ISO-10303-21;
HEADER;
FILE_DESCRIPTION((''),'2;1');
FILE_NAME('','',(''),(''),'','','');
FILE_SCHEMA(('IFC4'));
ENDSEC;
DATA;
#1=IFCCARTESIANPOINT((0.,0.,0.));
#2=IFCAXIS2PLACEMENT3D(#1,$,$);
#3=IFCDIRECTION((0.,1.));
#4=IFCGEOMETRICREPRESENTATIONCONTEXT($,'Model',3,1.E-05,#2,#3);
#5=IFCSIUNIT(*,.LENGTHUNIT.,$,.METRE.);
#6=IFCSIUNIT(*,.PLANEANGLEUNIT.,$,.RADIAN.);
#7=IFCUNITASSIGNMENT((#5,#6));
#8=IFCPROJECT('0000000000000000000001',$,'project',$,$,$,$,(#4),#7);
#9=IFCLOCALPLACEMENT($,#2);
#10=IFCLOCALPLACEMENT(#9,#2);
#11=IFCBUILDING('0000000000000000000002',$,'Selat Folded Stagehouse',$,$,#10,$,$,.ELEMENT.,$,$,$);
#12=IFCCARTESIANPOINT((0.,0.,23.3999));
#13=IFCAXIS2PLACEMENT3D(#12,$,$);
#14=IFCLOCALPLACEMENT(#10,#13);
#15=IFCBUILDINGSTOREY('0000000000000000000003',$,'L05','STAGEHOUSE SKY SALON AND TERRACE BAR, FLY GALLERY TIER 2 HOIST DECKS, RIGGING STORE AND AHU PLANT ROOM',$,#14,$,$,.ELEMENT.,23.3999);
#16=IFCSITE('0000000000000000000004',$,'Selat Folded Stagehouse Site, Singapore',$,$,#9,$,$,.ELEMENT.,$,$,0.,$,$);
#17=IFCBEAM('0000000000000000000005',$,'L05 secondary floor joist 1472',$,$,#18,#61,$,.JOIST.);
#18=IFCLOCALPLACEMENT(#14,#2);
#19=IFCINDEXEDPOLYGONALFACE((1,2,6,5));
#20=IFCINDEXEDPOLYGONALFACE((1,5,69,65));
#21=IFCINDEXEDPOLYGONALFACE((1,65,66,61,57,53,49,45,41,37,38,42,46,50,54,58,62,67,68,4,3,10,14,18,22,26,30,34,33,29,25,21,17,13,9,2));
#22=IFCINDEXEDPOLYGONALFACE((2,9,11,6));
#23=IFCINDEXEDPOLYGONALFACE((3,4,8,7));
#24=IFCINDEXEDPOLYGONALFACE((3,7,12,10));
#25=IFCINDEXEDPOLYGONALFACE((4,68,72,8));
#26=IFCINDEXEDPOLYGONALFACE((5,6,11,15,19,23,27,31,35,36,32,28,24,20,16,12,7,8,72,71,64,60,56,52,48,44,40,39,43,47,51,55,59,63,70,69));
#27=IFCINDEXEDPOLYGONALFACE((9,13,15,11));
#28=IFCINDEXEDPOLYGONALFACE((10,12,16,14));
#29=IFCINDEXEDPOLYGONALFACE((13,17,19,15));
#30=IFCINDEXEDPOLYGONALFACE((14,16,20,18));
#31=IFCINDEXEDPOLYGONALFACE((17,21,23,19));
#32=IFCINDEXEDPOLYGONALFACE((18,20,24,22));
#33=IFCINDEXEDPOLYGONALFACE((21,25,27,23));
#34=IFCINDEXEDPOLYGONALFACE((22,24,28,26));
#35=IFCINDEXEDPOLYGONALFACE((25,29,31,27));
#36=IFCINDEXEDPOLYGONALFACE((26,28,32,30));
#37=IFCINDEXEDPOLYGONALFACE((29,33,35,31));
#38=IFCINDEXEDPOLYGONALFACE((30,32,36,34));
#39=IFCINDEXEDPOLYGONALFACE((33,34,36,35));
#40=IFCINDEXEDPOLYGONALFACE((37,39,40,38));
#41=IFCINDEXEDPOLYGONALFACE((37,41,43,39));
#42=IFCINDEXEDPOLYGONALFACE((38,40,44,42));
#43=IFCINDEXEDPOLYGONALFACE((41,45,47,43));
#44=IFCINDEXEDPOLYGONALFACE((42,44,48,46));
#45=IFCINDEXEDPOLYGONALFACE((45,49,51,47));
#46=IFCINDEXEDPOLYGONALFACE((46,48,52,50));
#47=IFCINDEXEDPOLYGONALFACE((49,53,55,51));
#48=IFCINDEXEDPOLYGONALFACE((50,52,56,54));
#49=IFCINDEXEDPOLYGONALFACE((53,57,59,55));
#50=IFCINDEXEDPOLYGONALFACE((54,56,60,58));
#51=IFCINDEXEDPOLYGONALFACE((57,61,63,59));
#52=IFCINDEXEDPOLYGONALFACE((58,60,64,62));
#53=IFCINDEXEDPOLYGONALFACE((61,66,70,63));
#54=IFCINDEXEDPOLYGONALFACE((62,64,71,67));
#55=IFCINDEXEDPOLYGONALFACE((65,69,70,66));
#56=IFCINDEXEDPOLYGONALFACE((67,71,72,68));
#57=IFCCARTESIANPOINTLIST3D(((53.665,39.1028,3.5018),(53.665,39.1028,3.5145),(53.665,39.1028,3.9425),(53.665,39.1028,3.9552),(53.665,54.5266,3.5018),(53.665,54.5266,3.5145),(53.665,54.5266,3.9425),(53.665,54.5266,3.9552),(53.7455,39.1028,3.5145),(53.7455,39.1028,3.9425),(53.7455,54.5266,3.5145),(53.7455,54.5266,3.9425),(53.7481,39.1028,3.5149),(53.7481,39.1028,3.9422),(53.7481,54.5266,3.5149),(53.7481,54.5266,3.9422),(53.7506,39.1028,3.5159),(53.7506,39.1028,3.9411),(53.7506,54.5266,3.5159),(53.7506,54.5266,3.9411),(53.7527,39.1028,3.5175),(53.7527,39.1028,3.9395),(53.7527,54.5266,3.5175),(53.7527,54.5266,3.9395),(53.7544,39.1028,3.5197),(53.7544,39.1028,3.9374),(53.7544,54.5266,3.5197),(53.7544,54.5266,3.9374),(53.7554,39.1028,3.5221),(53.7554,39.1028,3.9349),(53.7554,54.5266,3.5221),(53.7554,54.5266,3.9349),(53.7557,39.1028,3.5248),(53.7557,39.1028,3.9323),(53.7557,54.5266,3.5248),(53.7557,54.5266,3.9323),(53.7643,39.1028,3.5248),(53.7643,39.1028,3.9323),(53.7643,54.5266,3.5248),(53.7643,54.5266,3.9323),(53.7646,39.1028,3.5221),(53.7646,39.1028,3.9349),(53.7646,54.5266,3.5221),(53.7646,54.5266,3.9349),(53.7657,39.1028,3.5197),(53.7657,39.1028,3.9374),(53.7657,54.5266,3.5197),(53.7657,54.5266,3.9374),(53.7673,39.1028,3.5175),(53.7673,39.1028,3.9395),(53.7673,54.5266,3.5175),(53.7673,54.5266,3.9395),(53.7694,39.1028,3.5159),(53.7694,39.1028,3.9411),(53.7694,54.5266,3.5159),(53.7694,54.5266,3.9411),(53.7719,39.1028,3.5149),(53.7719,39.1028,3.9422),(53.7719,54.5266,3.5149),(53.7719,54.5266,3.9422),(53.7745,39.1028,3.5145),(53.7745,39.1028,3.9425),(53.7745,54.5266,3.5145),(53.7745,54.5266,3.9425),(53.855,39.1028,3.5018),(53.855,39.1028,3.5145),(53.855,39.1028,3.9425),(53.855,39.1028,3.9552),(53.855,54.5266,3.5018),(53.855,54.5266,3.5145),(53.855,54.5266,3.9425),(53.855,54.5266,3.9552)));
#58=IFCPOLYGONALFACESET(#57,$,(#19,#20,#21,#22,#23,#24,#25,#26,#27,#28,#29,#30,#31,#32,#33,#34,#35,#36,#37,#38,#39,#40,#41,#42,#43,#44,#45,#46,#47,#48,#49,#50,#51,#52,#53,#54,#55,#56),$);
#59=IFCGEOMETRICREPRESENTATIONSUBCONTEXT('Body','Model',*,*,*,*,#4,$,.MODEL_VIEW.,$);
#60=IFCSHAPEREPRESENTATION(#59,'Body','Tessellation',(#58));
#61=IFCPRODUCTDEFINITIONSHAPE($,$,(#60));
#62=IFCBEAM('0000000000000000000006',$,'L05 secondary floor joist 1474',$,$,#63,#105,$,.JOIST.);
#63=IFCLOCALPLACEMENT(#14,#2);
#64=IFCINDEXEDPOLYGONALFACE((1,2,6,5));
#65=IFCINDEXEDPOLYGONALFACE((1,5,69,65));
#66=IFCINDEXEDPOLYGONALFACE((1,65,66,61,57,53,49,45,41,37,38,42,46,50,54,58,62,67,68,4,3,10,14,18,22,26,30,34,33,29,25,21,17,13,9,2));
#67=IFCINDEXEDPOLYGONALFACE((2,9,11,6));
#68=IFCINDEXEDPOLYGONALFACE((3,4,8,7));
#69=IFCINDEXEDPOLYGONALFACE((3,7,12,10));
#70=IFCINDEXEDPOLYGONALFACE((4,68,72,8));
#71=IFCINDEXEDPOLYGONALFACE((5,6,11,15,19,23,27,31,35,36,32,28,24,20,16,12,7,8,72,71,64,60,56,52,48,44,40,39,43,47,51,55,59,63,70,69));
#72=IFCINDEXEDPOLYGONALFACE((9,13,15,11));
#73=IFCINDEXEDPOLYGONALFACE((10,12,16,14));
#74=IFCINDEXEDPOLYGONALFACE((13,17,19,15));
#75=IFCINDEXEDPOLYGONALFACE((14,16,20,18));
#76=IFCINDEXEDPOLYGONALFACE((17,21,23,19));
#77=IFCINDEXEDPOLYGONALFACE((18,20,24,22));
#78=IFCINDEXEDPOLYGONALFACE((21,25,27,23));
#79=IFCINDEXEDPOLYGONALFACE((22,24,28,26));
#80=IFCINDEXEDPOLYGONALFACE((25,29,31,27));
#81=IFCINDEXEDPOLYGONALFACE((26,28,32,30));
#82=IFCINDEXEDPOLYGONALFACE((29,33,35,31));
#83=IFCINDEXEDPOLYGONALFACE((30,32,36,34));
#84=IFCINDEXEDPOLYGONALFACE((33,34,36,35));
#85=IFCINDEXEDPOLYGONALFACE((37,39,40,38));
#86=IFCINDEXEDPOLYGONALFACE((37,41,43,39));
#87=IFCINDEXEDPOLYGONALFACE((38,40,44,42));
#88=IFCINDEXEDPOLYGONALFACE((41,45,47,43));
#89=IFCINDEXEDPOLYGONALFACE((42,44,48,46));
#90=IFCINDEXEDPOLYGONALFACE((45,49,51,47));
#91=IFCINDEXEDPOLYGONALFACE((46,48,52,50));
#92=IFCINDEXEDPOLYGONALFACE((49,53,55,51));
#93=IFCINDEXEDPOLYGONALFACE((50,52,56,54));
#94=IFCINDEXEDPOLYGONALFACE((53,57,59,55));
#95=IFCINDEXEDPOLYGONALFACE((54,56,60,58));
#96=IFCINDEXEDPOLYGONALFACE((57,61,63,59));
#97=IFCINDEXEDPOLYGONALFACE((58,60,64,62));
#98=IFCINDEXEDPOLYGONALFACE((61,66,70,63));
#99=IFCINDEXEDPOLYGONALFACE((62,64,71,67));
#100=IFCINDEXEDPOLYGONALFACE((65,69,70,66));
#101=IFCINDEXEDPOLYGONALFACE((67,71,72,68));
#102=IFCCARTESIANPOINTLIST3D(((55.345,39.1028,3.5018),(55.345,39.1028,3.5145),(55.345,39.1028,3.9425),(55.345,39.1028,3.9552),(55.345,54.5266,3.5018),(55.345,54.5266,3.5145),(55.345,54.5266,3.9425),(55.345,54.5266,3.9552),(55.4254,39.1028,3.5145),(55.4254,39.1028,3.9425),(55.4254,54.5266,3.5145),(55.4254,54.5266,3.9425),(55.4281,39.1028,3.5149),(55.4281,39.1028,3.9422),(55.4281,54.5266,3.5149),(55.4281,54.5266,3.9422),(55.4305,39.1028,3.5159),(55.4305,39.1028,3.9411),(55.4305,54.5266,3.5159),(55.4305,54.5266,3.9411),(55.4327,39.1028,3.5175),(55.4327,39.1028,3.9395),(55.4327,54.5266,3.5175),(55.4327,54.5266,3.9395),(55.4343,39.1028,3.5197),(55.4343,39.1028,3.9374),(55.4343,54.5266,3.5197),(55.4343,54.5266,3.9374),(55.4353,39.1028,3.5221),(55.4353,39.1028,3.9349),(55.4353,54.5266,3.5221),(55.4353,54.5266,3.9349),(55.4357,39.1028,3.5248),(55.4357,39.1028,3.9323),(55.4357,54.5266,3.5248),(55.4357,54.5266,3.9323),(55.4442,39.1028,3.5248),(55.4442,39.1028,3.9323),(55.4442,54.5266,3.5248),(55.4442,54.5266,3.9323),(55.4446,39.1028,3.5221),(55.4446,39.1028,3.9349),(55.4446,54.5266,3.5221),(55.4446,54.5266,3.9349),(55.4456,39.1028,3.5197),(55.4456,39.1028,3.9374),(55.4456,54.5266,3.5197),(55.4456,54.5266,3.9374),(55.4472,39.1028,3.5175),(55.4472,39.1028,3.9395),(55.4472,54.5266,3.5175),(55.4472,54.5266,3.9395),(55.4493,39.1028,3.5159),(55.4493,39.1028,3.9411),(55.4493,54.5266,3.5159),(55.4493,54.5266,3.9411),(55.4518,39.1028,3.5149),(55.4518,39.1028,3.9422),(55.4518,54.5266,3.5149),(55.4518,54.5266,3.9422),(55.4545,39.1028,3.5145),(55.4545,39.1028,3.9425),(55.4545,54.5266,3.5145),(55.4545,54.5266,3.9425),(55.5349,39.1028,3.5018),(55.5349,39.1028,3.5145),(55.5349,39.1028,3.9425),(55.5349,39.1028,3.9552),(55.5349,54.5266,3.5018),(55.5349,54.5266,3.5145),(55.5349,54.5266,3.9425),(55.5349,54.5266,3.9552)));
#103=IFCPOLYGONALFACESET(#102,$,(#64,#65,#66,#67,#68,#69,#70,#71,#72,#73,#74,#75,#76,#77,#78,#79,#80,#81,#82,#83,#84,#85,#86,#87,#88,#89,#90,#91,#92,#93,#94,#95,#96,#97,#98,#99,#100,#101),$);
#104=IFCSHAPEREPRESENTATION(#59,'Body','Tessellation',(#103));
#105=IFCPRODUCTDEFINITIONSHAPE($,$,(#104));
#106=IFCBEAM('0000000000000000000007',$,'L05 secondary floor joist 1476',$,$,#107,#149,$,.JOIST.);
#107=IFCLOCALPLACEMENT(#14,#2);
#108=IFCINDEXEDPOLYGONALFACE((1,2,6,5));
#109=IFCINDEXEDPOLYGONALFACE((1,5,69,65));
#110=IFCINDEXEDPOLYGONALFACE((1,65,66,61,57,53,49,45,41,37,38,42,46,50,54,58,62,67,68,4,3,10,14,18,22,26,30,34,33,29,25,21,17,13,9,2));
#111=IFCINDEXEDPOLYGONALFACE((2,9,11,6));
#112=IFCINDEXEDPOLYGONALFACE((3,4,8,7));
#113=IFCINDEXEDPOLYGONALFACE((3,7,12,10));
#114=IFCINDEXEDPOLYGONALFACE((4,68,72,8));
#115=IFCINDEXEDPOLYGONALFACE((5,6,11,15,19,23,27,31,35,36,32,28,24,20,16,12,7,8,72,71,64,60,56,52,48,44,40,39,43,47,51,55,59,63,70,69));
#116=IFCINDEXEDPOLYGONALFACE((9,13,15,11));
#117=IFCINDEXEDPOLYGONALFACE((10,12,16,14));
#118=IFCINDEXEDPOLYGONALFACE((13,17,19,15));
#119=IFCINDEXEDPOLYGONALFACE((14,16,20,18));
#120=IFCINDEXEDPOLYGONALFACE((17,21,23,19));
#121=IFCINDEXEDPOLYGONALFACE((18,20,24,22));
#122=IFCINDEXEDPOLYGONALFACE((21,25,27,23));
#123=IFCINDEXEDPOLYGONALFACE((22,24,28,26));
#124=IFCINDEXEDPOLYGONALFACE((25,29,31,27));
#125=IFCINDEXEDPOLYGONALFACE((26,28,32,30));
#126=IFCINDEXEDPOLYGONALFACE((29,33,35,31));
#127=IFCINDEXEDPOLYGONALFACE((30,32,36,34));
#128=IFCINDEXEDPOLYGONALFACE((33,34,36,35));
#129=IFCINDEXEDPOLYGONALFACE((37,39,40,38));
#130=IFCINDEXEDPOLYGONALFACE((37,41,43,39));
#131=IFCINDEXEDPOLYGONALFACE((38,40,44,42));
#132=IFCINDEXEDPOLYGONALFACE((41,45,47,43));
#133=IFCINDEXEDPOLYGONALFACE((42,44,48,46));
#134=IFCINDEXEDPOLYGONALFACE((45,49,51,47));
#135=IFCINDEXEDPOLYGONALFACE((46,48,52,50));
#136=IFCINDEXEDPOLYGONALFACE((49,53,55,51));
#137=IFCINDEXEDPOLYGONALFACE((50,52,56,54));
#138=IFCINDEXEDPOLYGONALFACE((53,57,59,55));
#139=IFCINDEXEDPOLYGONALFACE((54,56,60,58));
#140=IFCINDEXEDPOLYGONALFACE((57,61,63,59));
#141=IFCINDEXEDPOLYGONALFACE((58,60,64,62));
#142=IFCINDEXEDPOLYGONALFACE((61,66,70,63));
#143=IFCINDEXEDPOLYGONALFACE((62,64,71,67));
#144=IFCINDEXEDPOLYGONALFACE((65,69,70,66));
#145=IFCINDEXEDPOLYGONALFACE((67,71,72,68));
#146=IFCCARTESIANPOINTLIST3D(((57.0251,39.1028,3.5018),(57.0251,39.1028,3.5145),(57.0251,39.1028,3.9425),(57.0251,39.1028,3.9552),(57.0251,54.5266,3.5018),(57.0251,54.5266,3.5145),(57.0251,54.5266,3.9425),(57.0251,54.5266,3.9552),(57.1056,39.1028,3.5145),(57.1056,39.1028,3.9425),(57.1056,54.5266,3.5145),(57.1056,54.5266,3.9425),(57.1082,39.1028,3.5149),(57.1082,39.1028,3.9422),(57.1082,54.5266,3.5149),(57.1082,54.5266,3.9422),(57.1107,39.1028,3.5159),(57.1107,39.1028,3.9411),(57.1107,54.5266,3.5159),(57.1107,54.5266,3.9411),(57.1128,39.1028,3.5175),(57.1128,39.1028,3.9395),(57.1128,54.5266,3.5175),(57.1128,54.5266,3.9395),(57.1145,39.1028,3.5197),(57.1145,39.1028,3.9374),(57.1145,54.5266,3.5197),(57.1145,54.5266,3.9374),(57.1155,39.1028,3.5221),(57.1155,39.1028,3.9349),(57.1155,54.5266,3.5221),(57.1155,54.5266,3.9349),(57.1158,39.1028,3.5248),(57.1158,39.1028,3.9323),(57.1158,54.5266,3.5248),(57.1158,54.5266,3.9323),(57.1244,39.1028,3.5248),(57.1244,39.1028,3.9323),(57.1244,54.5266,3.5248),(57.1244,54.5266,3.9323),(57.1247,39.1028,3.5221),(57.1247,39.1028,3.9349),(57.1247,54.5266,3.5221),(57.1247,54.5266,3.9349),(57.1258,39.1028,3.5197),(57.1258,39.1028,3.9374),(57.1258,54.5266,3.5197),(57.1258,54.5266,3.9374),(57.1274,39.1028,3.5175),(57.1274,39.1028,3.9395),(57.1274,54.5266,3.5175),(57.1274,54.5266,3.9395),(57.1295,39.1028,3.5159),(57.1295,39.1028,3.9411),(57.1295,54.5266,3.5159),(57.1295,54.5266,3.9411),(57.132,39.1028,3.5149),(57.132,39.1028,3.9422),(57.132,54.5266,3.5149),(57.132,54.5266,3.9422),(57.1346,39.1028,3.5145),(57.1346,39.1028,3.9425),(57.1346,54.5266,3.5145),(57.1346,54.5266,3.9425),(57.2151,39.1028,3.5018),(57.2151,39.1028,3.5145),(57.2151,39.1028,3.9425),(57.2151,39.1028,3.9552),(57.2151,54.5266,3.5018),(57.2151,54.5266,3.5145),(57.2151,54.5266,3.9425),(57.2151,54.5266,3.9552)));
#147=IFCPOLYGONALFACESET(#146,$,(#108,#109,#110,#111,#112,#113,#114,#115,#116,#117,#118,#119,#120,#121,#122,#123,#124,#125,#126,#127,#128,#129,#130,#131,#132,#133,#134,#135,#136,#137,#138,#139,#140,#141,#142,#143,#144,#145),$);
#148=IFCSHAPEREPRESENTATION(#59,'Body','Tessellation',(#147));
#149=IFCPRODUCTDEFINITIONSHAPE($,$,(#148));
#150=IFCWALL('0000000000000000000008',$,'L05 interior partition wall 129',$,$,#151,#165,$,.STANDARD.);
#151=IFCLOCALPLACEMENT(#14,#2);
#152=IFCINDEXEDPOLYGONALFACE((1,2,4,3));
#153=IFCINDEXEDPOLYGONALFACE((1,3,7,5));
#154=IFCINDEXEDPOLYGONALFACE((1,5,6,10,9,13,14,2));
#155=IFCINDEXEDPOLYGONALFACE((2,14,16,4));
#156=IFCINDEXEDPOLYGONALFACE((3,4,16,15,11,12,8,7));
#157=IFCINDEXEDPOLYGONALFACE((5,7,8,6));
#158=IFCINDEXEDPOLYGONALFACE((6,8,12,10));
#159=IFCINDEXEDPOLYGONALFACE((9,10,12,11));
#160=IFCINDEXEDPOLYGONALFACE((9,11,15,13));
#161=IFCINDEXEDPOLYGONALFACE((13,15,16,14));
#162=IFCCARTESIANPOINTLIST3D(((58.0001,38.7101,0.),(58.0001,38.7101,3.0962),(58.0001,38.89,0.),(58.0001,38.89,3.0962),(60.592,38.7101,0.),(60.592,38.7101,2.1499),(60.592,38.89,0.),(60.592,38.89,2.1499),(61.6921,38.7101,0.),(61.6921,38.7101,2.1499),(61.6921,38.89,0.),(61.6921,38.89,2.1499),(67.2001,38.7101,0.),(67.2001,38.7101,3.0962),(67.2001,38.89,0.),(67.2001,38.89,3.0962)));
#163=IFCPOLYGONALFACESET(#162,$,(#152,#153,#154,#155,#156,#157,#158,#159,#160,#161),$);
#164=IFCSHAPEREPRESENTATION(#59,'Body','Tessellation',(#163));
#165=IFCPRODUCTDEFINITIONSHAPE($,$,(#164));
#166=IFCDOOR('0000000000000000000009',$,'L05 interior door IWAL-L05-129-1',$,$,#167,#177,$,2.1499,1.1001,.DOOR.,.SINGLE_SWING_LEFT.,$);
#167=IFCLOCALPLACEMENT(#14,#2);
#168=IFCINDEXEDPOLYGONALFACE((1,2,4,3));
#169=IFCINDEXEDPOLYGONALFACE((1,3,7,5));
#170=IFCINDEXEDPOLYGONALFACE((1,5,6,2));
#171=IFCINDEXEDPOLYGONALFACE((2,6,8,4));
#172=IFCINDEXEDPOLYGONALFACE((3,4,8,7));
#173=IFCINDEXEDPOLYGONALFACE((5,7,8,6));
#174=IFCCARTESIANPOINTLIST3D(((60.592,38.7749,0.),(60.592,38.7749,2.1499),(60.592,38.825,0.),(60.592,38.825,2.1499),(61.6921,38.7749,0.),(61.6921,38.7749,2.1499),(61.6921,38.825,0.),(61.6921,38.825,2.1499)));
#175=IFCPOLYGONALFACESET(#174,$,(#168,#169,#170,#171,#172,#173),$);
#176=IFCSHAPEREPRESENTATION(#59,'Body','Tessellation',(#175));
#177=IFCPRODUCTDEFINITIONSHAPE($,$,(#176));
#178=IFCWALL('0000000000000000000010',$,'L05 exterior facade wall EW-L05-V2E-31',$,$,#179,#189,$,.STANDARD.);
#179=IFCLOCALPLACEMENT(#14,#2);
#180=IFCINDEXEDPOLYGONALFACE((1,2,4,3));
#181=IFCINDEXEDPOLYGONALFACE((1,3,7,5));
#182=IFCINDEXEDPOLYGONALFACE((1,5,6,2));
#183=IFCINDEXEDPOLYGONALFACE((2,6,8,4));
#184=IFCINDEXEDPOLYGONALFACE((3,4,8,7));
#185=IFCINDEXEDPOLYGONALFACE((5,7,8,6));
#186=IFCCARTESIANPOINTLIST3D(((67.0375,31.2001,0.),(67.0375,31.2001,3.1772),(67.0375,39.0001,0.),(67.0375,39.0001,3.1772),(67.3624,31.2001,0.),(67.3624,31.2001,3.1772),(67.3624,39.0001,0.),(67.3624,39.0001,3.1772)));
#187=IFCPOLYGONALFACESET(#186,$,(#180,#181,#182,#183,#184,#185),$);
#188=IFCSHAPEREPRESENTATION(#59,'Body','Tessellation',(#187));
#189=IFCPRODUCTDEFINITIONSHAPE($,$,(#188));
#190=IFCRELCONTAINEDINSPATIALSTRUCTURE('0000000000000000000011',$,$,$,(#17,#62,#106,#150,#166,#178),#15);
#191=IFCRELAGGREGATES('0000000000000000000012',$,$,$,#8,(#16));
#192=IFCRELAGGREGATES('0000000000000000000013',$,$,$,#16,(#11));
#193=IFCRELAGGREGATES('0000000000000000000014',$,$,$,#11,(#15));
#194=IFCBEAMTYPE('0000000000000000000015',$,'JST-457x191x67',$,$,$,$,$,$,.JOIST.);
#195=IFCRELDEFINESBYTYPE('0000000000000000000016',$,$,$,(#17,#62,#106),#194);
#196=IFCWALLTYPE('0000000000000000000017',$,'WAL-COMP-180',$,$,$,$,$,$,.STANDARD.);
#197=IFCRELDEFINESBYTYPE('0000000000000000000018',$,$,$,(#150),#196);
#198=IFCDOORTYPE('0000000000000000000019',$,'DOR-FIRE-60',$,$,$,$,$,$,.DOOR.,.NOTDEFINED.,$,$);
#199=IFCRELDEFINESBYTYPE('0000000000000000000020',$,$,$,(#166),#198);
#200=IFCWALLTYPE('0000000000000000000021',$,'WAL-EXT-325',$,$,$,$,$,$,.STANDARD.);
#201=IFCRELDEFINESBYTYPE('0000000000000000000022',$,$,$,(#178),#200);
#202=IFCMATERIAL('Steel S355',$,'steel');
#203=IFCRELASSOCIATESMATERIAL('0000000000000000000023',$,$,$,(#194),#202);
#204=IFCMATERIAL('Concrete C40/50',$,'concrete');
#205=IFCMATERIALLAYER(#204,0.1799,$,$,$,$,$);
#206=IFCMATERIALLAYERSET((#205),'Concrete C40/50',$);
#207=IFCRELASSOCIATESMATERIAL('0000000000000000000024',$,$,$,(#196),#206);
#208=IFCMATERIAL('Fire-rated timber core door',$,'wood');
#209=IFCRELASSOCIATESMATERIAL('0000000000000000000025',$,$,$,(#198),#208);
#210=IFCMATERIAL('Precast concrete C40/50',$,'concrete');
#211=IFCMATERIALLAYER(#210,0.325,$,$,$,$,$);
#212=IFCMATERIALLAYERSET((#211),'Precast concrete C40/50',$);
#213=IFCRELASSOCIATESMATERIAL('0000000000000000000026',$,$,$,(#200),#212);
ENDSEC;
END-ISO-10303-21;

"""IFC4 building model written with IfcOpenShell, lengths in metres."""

from ifc_helpers import new_model, si_unit, direction, frame, frame_2d, origin, origin_2d, place, context, subcontext, project, spatial, rectangle, i_section, extrude, material, layer, layer_set, material_profile, profile_set, type_object, element, fill, save


model = new_model("IFC4")

# Units and contexts
model_context = context("Model", 3, precision=1e-05, world=origin(), true_north=direction((0.0, 1.0)))
body_context = subcontext(model_context, "Body", "Model", "MODEL_VIEW")
ifc_project = project(units=[si_unit("LENGTHUNIT", "METRE"), si_unit("PLANEANGLEUNIT", "RADIAN")], contexts=[model_context])

# Site, building, storey
site_placement = place(None, origin())
site = spatial("IfcSite", under=ifc_project, at=site_placement, Name="Selat Folded Stagehouse Site, Singapore", CompositionType="ELEMENT", RefElevation=0.0)
building_placement = place(site_placement, origin())
building = spatial("IfcBuilding", under=site, at=building_placement, Name="Selat Folded Stagehouse", CompositionType="ELEMENT")
storey_placement = place(building_placement, frame((0.0, 0.0, 23.3999)))
storey = spatial("IfcBuildingStorey", under=building, at=storey_placement, Name="L05", Description="STAGEHOUSE SKY SALON AND TERRACE BAR, FLY GALLERY TIER 2 HOIST DECKS, RIGGING STORE AND AHU PLANT ROOM", CompositionType="ELEMENT", Elevation=23.3999)

# Shared definitions
ifc_material_1 = material(Name="Steel S355", Category="steel")

# Beams
ifc_material_profile_1 = material_profile(ifc_material_1, i_section(OverallWidth=0.1899, OverallDepth=0.4534, WebThickness=0.0085, FlangeThickness=0.0127, FilletRadius=0.0103, at=origin_2d()), Name="UKB 457x191x67")
ifc_profile_set_1 = profile_set([ifc_material_profile_1], Name="Steel S355")
beam_type_1 = type_object("IfcBeamType", Name="JST-457x191x67", PredefinedType="JOIST", material=ifc_profile_set_1)
for number, where, z_axis, x_axis, name in (
    (1, (53.76, 39.1028, 3.7285), (0.0, 1.0, 0.0), (-1.0, 0.0, 0.0), "L05 secondary floor joist 1472"),
    (2, (55.4399, 39.1028, 3.7285), (0.0, 1.0, 0.0), (-1.0, 0.0, 0.0), "L05 secondary floor joist 1474"),
    (3, (57.1201, 39.1028, 3.7285), (0.0, 1.0, 0.0), (-1.0, 0.0, 0.0), "L05 secondary floor joist 1476"),
):
    element("IfcBeam", number, at=place(storey_placement, frame(where, z_axis=z_axis, x_axis=x_axis)), inside=storey, type_object=beam_type_1, Name=name, PredefinedType="JOIST", context=body_context, shape_type="SweptSolid", body=[
        extrude(i_section(OverallWidth=0.1899, OverallDepth=0.4534, WebThickness=0.0085, FlangeThickness=0.0127, FilletRadius=0.0103, at=origin_2d()), origin(), (0.0, 0.0, 1.0), 15.4238),
    ])

# Wall, opening, door
ifc_material_2 = material(Name="Concrete C40/50", Category="concrete")
ifc_layer_1 = layer(ifc_material_2, 0.1799)
ifc_layer_set_1 = layer_set([ifc_layer_1], Name="Concrete C40/50")
wall_type_1 = type_object("IfcWallType", Name="WAL-COMP-180", PredefinedType="STANDARD", material=ifc_layer_set_1)
wall_1_placement = place(storey_placement, frame((58.0, 38.8, 0.0), z_axis=(0.0, 0.0, 1.0), x_axis=(1.0, 0.0, 0.0)))
wall_1 = element("IfcWall", 4, at=wall_1_placement, inside=storey, type_object=wall_type_1, Name="L05 interior partition wall 129", PredefinedType="STANDARD", context=body_context, shape_type="SweptSolid", body=[
    extrude(rectangle(XDim=9.2, YDim=0.1799, at=frame_2d((4.6001, 0.0))), origin(), (0.0, 0.0, 1.0), 3.0962),
])
opening_1_placement = place(wall_1_placement, frame((2.592, 0.0, 0.0)))
opening_1 = element("IfcOpeningElement", 5, at=opening_1_placement, cuts=wall_1, PredefinedType="OPENING", context=body_context, shape_type="SweptSolid", body=[
    extrude(rectangle(XDim=1.1001, YDim=2.1499, at=frame_2d((0.55, 1.075))), frame((0.0, 0.0999, 0.0), z_axis=(0.0, -1.0, 0.0), x_axis=(1.0, 0.0, 0.0)), (0.0, 0.0, 1.0), 0.2),
])
ifc_material_3 = material(Name="Fire-rated timber core door", Category="wood")
door_type_1 = type_object("IfcDoorType", Name="DOR-FIRE-60", OperationType="NOTDEFINED", PredefinedType="DOOR", material=ifc_material_3)
door_1_placement = place(opening_1_placement, origin())
door_1 = element("IfcDoor", 6, at=door_1_placement, inside=storey, type_object=door_type_1, Name="L05 interior door IWAL-L05-129-1", OperationType="SINGLE_SWING_LEFT", OverallHeight=2.1499, OverallWidth=1.1001, PredefinedType="DOOR", context=body_context, shape_type="SweptSolid", body=[
    extrude(rectangle(XDim=1.1001, YDim=2.1499, at=frame_2d((0.55, 1.075))), frame((0.0, 0.0249, 0.0), z_axis=(0.0, -1.0, 0.0), x_axis=(1.0, 0.0, 0.0)), (0.0, 0.0, 1.0), 0.05),
])
fill(opening_1, door_1)

# Wall
ifc_material_4 = material(Name="Precast concrete C40/50", Category="concrete")
ifc_layer_2 = layer(ifc_material_4, 0.325)
ifc_layer_set_2 = layer_set([ifc_layer_2], Name="Precast concrete C40/50")
wall_type_2 = type_object("IfcWallType", Name="WAL-EXT-325", PredefinedType="STANDARD", material=ifc_layer_set_2)
wall_2_placement = place(storey_placement, frame((67.2, 39.0, 0.0), z_axis=(0.0, 0.0, 1.0), x_axis=(0.0, -1.0, 0.0)))
element("IfcWall", 7, at=wall_2_placement, inside=storey, type_object=wall_type_2, Name="L05 exterior facade wall EW-L05-V2E-31", PredefinedType="STANDARD", context=body_context, shape_type="SweptSolid", body=[
    extrude(rectangle(XDim=7.8, YDim=0.325, at=frame_2d((3.8999, 0.0))), origin(), (0.0, 0.0, 1.0), 3.1772),
])

save(model, "model.ifc")
